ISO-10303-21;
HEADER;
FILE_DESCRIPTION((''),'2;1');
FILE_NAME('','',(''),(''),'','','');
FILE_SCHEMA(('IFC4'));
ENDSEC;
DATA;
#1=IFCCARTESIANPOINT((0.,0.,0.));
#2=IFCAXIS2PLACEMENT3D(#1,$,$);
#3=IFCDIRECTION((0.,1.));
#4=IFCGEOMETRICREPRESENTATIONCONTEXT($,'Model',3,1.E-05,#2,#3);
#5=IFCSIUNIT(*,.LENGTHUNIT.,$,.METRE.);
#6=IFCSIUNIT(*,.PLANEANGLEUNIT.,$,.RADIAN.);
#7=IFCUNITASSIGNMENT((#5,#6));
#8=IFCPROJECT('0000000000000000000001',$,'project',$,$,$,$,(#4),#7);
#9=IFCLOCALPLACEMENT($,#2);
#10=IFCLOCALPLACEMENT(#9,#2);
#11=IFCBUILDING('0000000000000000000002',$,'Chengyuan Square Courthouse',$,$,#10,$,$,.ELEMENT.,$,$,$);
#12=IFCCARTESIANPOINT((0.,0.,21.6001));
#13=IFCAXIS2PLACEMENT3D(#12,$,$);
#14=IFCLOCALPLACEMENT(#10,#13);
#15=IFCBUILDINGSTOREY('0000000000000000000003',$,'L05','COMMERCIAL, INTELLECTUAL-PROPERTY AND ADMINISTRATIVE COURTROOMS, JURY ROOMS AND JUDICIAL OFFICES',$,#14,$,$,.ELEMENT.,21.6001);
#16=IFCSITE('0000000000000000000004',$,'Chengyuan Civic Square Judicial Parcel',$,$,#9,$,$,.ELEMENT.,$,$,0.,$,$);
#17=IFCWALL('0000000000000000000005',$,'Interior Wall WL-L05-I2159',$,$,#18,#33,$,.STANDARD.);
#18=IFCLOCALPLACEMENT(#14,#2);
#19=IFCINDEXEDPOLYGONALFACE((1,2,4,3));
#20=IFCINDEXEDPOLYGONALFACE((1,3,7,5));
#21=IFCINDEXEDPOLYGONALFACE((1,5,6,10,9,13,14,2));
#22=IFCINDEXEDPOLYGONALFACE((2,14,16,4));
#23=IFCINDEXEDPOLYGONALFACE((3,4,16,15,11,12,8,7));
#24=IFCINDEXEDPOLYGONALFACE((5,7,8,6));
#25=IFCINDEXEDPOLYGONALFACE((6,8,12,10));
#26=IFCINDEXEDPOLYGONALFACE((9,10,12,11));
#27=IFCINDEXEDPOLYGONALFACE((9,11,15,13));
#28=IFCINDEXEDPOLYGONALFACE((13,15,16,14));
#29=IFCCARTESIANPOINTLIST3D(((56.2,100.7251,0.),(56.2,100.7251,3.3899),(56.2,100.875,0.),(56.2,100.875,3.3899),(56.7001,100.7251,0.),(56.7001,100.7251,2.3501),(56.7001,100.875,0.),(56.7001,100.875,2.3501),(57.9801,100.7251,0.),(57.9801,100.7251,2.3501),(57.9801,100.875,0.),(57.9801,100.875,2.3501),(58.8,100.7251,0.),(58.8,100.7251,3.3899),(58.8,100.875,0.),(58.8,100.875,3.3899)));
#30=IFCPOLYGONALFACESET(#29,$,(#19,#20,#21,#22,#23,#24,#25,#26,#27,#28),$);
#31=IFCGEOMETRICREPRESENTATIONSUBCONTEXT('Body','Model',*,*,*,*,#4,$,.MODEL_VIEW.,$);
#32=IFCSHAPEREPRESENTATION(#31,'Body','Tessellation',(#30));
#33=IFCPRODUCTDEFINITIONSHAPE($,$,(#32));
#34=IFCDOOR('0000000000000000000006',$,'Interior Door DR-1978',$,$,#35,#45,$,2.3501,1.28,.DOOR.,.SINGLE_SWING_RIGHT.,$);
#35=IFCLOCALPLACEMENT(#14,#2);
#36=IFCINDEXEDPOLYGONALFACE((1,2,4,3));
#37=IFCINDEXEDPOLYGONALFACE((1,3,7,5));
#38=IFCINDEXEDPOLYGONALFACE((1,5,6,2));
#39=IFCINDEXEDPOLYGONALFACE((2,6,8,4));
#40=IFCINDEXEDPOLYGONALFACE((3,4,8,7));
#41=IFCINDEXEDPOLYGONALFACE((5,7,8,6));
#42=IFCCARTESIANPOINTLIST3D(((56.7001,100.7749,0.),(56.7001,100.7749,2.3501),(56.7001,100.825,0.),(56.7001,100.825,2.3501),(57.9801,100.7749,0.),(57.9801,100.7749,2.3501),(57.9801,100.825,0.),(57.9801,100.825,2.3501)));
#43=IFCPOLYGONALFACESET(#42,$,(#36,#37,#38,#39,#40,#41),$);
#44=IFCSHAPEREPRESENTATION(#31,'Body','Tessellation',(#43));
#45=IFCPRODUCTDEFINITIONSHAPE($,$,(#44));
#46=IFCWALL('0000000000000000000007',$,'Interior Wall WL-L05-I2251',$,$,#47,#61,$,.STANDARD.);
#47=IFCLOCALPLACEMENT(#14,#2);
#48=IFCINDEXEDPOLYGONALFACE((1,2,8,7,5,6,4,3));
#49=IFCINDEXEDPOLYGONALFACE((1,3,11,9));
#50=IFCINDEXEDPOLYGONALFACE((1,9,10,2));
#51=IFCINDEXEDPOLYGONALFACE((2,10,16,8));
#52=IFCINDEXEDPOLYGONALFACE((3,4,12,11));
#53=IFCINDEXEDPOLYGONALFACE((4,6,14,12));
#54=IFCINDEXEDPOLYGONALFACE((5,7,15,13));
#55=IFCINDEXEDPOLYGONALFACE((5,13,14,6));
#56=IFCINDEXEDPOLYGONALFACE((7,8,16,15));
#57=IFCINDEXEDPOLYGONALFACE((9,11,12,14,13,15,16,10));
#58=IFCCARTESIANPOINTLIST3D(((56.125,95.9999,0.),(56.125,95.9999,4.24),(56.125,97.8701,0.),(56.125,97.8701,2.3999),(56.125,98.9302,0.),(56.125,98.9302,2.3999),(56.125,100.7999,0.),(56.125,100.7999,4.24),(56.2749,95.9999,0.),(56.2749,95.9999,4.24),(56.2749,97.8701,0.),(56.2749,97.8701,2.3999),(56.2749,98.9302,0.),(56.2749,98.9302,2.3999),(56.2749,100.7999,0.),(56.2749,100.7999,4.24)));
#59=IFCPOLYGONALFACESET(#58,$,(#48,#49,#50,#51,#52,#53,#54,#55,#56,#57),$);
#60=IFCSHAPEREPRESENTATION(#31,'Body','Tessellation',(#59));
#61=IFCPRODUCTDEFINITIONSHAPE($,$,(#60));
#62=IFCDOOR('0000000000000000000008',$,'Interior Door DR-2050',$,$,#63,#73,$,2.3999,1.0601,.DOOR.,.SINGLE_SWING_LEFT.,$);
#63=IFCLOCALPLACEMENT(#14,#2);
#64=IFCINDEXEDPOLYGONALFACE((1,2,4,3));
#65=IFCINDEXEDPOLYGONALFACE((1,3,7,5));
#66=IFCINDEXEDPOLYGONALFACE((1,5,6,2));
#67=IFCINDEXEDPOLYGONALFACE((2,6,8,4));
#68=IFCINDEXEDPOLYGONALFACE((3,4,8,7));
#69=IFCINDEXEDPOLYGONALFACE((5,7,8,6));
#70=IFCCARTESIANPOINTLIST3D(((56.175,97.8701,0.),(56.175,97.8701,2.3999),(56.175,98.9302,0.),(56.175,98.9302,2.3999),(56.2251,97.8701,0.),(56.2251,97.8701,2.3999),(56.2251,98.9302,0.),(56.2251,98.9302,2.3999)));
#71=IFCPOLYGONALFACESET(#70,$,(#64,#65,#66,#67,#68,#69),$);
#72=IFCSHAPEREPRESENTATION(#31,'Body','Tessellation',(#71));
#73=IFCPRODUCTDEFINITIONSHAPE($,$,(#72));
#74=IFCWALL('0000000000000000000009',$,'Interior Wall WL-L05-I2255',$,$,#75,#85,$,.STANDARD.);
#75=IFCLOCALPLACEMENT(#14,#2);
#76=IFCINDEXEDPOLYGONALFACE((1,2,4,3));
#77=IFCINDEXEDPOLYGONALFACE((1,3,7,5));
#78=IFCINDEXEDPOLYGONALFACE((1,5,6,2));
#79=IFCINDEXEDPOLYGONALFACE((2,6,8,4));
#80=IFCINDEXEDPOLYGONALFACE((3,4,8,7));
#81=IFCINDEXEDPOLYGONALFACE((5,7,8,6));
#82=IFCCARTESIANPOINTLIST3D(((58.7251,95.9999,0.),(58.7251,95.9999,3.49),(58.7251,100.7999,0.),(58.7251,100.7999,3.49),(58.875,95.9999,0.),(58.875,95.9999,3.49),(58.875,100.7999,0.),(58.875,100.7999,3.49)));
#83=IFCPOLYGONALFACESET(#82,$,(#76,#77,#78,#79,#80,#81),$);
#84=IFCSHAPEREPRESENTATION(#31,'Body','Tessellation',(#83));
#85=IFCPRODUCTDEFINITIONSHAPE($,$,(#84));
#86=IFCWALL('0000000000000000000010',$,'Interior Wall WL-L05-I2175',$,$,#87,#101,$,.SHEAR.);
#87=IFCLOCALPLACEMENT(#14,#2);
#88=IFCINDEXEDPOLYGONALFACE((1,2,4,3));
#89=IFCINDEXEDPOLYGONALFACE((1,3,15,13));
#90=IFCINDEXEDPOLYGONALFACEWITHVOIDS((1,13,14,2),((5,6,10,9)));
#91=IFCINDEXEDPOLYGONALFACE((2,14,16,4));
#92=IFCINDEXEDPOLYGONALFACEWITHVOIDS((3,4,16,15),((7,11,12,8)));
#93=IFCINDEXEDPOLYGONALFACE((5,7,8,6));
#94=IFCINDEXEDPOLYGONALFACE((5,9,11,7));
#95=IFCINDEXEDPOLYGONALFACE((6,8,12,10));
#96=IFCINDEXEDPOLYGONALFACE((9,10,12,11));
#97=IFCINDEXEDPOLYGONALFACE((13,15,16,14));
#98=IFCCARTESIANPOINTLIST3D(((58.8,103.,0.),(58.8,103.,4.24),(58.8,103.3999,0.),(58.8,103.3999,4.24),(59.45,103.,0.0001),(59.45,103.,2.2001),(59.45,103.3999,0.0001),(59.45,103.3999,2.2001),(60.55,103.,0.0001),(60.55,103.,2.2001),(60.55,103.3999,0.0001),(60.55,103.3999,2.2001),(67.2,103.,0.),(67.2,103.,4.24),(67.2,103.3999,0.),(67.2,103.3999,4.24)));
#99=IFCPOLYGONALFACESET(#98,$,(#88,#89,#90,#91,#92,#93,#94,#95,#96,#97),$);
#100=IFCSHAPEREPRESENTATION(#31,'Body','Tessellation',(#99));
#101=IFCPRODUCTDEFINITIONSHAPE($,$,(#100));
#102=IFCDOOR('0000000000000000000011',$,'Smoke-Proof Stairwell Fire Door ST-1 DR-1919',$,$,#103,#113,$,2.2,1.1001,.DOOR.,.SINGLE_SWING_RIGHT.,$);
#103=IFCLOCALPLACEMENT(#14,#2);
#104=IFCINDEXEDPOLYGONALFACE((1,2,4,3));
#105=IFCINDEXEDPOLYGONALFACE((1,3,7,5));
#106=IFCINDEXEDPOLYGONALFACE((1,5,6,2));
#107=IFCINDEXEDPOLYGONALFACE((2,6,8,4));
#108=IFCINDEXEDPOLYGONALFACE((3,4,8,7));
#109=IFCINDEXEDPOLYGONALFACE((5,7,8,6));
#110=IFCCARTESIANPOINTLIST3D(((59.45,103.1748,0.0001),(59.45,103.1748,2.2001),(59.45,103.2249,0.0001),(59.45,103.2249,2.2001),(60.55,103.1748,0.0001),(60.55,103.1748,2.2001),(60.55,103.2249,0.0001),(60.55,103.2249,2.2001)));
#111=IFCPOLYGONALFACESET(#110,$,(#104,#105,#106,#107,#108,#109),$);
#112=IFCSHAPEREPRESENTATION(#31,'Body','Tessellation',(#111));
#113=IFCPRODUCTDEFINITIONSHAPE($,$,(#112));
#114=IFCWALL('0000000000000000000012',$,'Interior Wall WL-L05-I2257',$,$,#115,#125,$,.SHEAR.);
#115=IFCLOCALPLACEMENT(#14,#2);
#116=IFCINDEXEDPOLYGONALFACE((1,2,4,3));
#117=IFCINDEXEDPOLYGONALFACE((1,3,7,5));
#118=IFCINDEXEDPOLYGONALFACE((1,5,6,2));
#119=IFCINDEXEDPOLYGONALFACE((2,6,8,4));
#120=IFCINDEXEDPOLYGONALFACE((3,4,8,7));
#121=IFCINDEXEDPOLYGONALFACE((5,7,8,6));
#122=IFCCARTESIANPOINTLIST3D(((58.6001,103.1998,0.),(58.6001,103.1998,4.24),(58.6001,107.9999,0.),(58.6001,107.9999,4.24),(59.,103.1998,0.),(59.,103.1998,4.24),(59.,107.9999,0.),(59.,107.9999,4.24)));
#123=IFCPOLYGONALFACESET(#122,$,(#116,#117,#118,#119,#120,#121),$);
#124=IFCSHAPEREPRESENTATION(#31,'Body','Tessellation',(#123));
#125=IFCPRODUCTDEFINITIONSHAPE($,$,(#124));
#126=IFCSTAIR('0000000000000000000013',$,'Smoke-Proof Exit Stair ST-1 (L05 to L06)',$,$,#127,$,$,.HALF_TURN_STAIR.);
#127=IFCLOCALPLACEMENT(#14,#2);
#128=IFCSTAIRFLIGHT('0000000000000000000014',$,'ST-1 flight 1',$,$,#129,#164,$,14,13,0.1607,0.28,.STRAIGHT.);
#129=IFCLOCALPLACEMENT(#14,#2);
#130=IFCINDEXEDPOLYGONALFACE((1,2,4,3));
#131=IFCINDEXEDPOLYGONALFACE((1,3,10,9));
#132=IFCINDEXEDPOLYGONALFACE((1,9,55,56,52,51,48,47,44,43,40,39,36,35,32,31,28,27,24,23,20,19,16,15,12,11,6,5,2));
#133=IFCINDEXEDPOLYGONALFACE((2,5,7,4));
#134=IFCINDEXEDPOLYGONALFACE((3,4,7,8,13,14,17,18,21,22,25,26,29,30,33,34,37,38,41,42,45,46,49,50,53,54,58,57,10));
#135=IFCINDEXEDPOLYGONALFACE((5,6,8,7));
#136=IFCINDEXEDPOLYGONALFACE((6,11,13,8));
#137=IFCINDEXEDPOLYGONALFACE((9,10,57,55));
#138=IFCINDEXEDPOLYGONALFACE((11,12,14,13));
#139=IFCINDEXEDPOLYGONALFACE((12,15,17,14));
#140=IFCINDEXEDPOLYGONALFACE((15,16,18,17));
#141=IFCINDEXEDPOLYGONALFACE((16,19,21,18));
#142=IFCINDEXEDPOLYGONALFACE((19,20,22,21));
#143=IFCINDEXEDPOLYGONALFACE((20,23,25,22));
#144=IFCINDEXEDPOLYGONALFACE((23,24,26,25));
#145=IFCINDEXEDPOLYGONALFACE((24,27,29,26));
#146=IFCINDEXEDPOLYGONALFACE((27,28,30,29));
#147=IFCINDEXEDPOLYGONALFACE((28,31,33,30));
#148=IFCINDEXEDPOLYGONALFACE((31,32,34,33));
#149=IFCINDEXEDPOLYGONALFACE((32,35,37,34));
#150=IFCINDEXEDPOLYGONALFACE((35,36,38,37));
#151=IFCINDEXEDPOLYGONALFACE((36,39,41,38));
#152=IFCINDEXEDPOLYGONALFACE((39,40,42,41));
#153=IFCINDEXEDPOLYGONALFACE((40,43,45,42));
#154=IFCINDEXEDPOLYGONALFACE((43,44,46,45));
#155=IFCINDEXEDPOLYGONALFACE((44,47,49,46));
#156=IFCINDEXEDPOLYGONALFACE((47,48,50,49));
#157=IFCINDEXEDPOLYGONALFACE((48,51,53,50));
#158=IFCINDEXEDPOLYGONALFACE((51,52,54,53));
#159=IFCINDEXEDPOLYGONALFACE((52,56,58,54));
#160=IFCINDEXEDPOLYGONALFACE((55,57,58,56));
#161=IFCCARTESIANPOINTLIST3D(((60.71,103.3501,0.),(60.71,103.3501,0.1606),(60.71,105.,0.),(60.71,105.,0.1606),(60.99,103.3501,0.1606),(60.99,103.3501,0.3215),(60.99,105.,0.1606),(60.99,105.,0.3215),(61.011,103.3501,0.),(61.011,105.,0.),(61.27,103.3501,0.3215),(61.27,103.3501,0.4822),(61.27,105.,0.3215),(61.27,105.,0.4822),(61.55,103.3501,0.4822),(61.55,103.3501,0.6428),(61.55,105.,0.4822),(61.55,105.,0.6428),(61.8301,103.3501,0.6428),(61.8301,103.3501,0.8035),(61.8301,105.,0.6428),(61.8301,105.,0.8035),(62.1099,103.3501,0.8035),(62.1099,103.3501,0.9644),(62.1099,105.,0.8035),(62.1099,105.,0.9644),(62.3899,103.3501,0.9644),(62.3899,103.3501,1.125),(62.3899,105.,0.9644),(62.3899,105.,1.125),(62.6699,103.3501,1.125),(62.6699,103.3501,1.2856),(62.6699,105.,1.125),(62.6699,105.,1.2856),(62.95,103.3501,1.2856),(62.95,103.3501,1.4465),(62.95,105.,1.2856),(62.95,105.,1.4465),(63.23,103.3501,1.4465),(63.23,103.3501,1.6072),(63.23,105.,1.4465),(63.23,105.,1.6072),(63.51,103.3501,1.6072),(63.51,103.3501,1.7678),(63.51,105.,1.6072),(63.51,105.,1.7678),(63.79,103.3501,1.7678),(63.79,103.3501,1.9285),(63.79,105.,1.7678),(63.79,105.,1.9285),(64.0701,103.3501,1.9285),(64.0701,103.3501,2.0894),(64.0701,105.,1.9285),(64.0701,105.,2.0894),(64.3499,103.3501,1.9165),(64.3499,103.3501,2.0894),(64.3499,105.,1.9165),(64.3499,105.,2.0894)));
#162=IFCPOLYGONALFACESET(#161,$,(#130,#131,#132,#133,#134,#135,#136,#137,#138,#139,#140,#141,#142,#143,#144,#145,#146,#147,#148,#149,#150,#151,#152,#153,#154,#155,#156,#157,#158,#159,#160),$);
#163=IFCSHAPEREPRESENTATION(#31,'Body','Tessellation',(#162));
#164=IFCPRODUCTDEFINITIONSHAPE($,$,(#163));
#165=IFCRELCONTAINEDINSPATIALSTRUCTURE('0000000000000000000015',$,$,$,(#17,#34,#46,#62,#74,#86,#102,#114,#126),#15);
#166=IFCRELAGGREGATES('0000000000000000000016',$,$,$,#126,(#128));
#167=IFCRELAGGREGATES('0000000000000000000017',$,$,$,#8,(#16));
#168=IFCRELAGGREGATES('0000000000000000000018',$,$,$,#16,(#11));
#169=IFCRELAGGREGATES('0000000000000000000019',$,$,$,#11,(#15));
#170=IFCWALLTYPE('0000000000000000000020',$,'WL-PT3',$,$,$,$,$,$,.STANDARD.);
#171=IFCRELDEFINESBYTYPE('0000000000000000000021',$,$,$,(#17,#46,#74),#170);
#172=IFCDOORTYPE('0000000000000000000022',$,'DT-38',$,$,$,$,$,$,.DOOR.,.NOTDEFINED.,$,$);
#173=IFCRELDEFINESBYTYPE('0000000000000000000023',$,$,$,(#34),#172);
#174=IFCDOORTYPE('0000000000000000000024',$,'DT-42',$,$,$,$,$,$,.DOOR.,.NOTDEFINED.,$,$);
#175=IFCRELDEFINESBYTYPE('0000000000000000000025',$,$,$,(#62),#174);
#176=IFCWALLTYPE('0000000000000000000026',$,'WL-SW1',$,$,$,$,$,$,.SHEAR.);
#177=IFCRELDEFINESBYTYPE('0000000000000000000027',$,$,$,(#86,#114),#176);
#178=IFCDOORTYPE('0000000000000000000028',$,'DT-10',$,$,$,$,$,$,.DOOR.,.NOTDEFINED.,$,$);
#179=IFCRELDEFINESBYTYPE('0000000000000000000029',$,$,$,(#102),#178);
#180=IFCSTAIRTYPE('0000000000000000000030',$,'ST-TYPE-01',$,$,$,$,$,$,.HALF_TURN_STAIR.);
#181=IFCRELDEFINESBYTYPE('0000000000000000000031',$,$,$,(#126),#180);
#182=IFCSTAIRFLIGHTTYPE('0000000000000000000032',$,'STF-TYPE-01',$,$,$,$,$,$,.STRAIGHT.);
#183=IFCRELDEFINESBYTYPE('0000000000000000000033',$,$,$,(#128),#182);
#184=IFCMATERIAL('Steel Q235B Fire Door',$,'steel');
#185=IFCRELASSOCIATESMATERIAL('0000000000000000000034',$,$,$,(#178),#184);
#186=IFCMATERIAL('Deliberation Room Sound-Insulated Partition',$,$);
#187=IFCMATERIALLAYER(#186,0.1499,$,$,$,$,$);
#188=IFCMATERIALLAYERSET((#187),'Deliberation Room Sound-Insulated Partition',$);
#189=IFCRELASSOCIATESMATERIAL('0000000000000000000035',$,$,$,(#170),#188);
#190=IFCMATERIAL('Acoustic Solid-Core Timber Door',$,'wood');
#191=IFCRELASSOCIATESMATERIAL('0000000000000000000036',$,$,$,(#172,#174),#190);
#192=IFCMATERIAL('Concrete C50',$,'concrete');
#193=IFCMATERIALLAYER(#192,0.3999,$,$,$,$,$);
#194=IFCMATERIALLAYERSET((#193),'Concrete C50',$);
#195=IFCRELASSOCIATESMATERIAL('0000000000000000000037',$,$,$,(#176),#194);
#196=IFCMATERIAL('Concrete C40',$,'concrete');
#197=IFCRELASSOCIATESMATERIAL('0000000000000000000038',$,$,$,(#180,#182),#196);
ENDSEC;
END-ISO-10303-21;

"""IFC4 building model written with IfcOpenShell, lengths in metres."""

from ifc_helpers import new_model, si_unit, direction, frame, frame_2d, origin, place, context, subcontext, project, spatial, polyline, rectangle, outline, extrude, material, layer, layer_set, type_object, element, fill, aggregate, save


model = new_model("IFC4")

# Units and contexts
model_context = context("Model", 3, precision=1e-05, world=origin(), true_north=direction((0.0, 1.0)))
body_context = subcontext(model_context, "Body", "Model", "MODEL_VIEW")
ifc_project = project(units=[si_unit("LENGTHUNIT", "METRE"), si_unit("PLANEANGLEUNIT", "RADIAN")], contexts=[model_context])

# Site, building, storey
site_placement = place(None, origin())
site = spatial("IfcSite", under=ifc_project, at=site_placement, Name="Chengyuan Civic Square Judicial Parcel", CompositionType="ELEMENT", RefElevation=0.0)
building_placement = place(site_placement, origin())
building = spatial("IfcBuilding", under=site, at=building_placement, Name="Chengyuan Square Courthouse", CompositionType="ELEMENT")
storey_placement = place(building_placement, frame((0.0, 0.0, 21.6001)))
storey = spatial("IfcBuildingStorey", under=building, at=storey_placement, Name="L05", Description="COMMERCIAL, INTELLECTUAL-PROPERTY AND ADMINISTRATIVE COURTROOMS, JURY ROOMS AND JUDICIAL OFFICES", CompositionType="ELEMENT", Elevation=21.6001)

# Shared definitions
ifc_material_1 = material(Name="Concrete C50", Category="concrete")

# Shared definitions
ifc_material_2 = material(Name="Concrete C40", Category="concrete")

# Shared definitions
ifc_material_3 = material(Name="Steel Q235B Fire Door", Category="steel")
door_type_1 = type_object("IfcDoorType", Name="DT-10", OperationType="NOTDEFINED", PredefinedType="DOOR", material=ifc_material_3)

# Walls, openings, doors
ifc_material_4 = material(Name="Deliberation Room Sound-Insulated Partition")
ifc_layer_1 = layer(ifc_material_4, 0.1499)
ifc_layer_set_1 = layer_set([ifc_layer_1], Name="Deliberation Room Sound-Insulated Partition")
wall_type_1 = type_object("IfcWallType", Name="WL-PT3", PredefinedType="STANDARD", material=ifc_layer_set_1)
wall_1_placement = place(storey_placement, frame((56.2, 100.8, 0.0), z_axis=(0.0, 0.0, 1.0), x_axis=(1.0, 0.0, 0.0)))
wall_1 = element("IfcWall", 1, at=wall_1_placement, inside=storey, type_object=wall_type_1, Name="Interior Wall WL-L05-I2159", PredefinedType="STANDARD", context=body_context, shape_type="SweptSolid", body=[
    extrude(rectangle(XDim=2.6001, YDim=0.1499, at=frame_2d((1.3, 0.0))), origin(), (0.0, 0.0, 1.0), 3.3899),
])
opening_1_placement = place(wall_1_placement, frame((0.5, 0.0, 0.0)))
opening_1 = element("IfcOpeningElement", 2, at=opening_1_placement, cuts=wall_1, PredefinedType="OPENING", context=body_context, shape_type="SweptSolid", body=[
    extrude(rectangle(XDim=1.28, YDim=2.3501, at=frame_2d((0.6401, 1.175))), frame((0.0, 0.0869, 0.0), z_axis=(0.0, -1.0, 0.0), x_axis=(1.0, 0.0, 0.0)), (0.0, 0.0, 1.0), 0.1738),
])
ifc_material_5 = material(Name="Acoustic Solid-Core Timber Door", Category="wood")
door_type_2 = type_object("IfcDoorType", Name="DT-38", OperationType="NOTDEFINED", PredefinedType="DOOR", material=ifc_material_5)
door_1_placement = place(opening_1_placement, origin())
door_1 = element("IfcDoor", 3, at=door_1_placement, inside=storey, type_object=door_type_2, Name="Interior Door DR-1978", OperationType="SINGLE_SWING_RIGHT", OverallHeight=2.3501, OverallWidth=1.28, PredefinedType="DOOR", context=body_context, shape_type="SweptSolid", body=[
    extrude(rectangle(XDim=1.28, YDim=2.3501, at=frame_2d((0.6401, 1.175))), frame((0.0, 0.0249, 0.0), z_axis=(0.0, -1.0, 0.0), x_axis=(1.0, 0.0, 0.0)), (0.0, 0.0, 1.0), 0.05),
])
fill(opening_1, door_1)
wall_2_placement = place(storey_placement, frame((56.2, 96.0, 0.0), z_axis=(0.0, 0.0, 1.0), x_axis=(0.0, 1.0, 0.0)))
wall_2 = element("IfcWall", 4, at=wall_2_placement, inside=storey, type_object=wall_type_1, Name="Interior Wall WL-L05-I2251", PredefinedType="STANDARD", context=body_context, shape_type="SweptSolid", body=[
    extrude(rectangle(XDim=4.8, YDim=0.1499, at=frame_2d((2.3999, 0.0))), origin(), (0.0, 0.0, 1.0), 4.24),
])
opening_2_placement = place(wall_2_placement, frame((1.8701, 0.0, 0.0)))
opening_2 = element("IfcOpeningElement", 5, at=opening_2_placement, cuts=wall_2, PredefinedType="OPENING", context=body_context, shape_type="SweptSolid", body=[
    extrude(rectangle(XDim=1.0601, YDim=2.3999, at=frame_2d((0.53, 1.2))), frame((0.0, 0.0869, 0.0), z_axis=(0.0, -1.0, 0.0), x_axis=(1.0, 0.0, 0.0)), (0.0, 0.0, 1.0), 0.1738),
])
door_type_3 = type_object("IfcDoorType", Name="DT-42", OperationType="NOTDEFINED", PredefinedType="DOOR", material=ifc_material_5)
door_2_placement = place(opening_2_placement, origin())
door_2 = element("IfcDoor", 6, at=door_2_placement, inside=storey, type_object=door_type_3, Name="Interior Door DR-2050", OperationType="SINGLE_SWING_LEFT", OverallHeight=2.3999, OverallWidth=1.0601, PredefinedType="DOOR", context=body_context, shape_type="SweptSolid", body=[
    extrude(rectangle(XDim=1.0601, YDim=2.3999, at=frame_2d((0.53, 1.2))), frame((0.0, 0.0249, 0.0), z_axis=(0.0, -1.0, 0.0), x_axis=(1.0, 0.0, 0.0)), (0.0, 0.0, 1.0), 0.05),
])
fill(opening_2, door_2)

# Wall
wall_3_placement = place(storey_placement, frame((58.8, 96.0, 0.0), z_axis=(0.0, 0.0, 1.0), x_axis=(0.0, 1.0, 0.0)))
element("IfcWall", 7, at=wall_3_placement, inside=storey, type_object=wall_type_1, Name="Interior Wall WL-L05-I2255", PredefinedType="STANDARD", context=body_context, shape_type="SweptSolid", body=[
    extrude(rectangle(XDim=4.8, YDim=0.1499, at=frame_2d((2.3999, 0.0))), origin(), (0.0, 0.0, 1.0), 3.49),
])

# Wall, opening, door
ifc_layer_2 = layer(ifc_material_1, 0.3999)
ifc_layer_set_2 = layer_set([ifc_layer_2], Name="Concrete C50")
wall_type_2 = type_object("IfcWallType", Name="WL-SW1", PredefinedType="SHEAR", material=ifc_layer_set_2)
wall_4_placement = place(storey_placement, frame((58.8, 103.2, 0.0), z_axis=(0.0, 0.0, 1.0), x_axis=(1.0, 0.0, 0.0)))
wall_4 = element("IfcWall", 8, at=wall_4_placement, inside=storey, type_object=wall_type_2, Name="Interior Wall WL-L05-I2175", PredefinedType="SHEAR", context=body_context, shape_type="SweptSolid", body=[
    extrude(rectangle(XDim=8.3999, YDim=0.3999, at=frame_2d((4.2, 0.0))), origin(), (0.0, 0.0, 1.0), 4.24),
])
opening_3_placement = place(wall_4_placement, frame((0.6499, 0.0, 0.0)))
opening_3 = element("IfcOpeningElement", 9, at=opening_3_placement, cuts=wall_4, PredefinedType="OPENING", context=body_context, shape_type="SweptSolid", body=[
    extrude(rectangle(XDim=1.1001, YDim=2.2, at=frame_2d((0.55, 1.1001))), frame((0.0, 0.2119, 0.0), z_axis=(0.0, -1.0, 0.0), x_axis=(1.0, 0.0, 0.0)), (0.0, 0.0, 1.0), 0.4238),
])
door_3_placement = place(opening_3_placement, origin())
door_3 = element("IfcDoor", 10, at=door_3_placement, inside=storey, type_object=door_type_1, Name="Smoke-Proof Stairwell Fire Door ST-1 DR-1919", OperationType="SINGLE_SWING_RIGHT", OverallHeight=2.2, OverallWidth=1.1001, PredefinedType="DOOR", context=body_context, shape_type="SweptSolid", body=[
    extrude(rectangle(XDim=1.1001, YDim=2.2, at=frame_2d((0.55, 1.1001))), frame((0.0, 0.0249, 0.0), z_axis=(0.0, -1.0, 0.0), x_axis=(1.0, 0.0, 0.0)), (0.0, 0.0, 1.0), 0.05),
])
fill(opening_3, door_3)

# Wall
wall_5_placement = place(storey_placement, frame((58.8, 103.2, 0.0), z_axis=(0.0, 0.0, 1.0), x_axis=(0.0, 1.0, 0.0)))
element("IfcWall", 11, at=wall_5_placement, inside=storey, type_object=wall_type_2, Name="Interior Wall WL-L05-I2257", PredefinedType="SHEAR", context=body_context, shape_type="SweptSolid", body=[
    extrude(rectangle(XDim=4.8, YDim=0.3999, at=frame_2d((2.3999, 0.0))), origin(), (0.0, 0.0, 1.0), 4.24),
])

# Stair, stair flight
stair_type = type_object("IfcStairType", Name="ST-TYPE-01", PredefinedType="HALF_TURN_STAIR", material=ifc_material_2)
stair_placement = place(storey_placement, origin())
stair = element("IfcStair", 12, at=stair_placement, inside=storey, type_object=stair_type, Name="Smoke-Proof Exit Stair ST-1 (L05 to L06)", PredefinedType="HALF_TURN_STAIR")
stair_flight_type = type_object("IfcStairFlightType", Name="STF-TYPE-01", PredefinedType="STRAIGHT", material=ifc_material_2)
stair_flight_placement = place(storey_placement, frame((60.71, 104.175, 0.0), z_axis=(0.0, 0.0, 1.0), x_axis=(1.0, 0.0, 0.0)))
stair_flight = element("IfcStairFlight", 13, at=stair_flight_placement, type_object=stair_flight_type, Name="ST-1 flight 1", NumberOfRisers=14, NumberOfTreads=13, PredefinedType="STRAIGHT", RiserHeight=0.1607, TreadLength=0.28, context=body_context, shape_type="SweptSolid", body=[
    extrude(outline(polyline([(0.0, 0.0), (0.0, 0.1606), (0.28, 0.1606), (0.28, 0.3215), (0.5601, 0.3215), (0.5601, 0.4822), (0.8401, 0.4822), (0.8401, 0.6428), (1.1201, 0.6428), (1.1201, 0.8035), (1.3999, 0.8035), (1.3999, 0.9644), (1.6799, 0.9644), (1.6799, 1.125), (1.96, 1.125), (1.96, 1.2856), (2.24, 1.2856), (2.24, 1.4465), (2.52, 1.4465), (2.52, 1.6072), (2.8, 1.6072), (2.8, 1.7678), (3.0801, 1.7678), (3.0801, 1.9285), (3.3601, 1.9285), (3.3601, 2.0894), (3.6399, 2.0894), (3.6399, 2.25), (3.6399, 1.9165), (0.301, 0.0), (0.0, 0.0)])), frame((0.0, 0.825, 0.0), z_axis=(0.0, -1.0, 0.0), x_axis=(1.0, 0.0, 0.0)), (0.0, 0.0, 1.0), 1.6499),
])
aggregate(stair, [stair_flight])

save(model, "model.ifc")
